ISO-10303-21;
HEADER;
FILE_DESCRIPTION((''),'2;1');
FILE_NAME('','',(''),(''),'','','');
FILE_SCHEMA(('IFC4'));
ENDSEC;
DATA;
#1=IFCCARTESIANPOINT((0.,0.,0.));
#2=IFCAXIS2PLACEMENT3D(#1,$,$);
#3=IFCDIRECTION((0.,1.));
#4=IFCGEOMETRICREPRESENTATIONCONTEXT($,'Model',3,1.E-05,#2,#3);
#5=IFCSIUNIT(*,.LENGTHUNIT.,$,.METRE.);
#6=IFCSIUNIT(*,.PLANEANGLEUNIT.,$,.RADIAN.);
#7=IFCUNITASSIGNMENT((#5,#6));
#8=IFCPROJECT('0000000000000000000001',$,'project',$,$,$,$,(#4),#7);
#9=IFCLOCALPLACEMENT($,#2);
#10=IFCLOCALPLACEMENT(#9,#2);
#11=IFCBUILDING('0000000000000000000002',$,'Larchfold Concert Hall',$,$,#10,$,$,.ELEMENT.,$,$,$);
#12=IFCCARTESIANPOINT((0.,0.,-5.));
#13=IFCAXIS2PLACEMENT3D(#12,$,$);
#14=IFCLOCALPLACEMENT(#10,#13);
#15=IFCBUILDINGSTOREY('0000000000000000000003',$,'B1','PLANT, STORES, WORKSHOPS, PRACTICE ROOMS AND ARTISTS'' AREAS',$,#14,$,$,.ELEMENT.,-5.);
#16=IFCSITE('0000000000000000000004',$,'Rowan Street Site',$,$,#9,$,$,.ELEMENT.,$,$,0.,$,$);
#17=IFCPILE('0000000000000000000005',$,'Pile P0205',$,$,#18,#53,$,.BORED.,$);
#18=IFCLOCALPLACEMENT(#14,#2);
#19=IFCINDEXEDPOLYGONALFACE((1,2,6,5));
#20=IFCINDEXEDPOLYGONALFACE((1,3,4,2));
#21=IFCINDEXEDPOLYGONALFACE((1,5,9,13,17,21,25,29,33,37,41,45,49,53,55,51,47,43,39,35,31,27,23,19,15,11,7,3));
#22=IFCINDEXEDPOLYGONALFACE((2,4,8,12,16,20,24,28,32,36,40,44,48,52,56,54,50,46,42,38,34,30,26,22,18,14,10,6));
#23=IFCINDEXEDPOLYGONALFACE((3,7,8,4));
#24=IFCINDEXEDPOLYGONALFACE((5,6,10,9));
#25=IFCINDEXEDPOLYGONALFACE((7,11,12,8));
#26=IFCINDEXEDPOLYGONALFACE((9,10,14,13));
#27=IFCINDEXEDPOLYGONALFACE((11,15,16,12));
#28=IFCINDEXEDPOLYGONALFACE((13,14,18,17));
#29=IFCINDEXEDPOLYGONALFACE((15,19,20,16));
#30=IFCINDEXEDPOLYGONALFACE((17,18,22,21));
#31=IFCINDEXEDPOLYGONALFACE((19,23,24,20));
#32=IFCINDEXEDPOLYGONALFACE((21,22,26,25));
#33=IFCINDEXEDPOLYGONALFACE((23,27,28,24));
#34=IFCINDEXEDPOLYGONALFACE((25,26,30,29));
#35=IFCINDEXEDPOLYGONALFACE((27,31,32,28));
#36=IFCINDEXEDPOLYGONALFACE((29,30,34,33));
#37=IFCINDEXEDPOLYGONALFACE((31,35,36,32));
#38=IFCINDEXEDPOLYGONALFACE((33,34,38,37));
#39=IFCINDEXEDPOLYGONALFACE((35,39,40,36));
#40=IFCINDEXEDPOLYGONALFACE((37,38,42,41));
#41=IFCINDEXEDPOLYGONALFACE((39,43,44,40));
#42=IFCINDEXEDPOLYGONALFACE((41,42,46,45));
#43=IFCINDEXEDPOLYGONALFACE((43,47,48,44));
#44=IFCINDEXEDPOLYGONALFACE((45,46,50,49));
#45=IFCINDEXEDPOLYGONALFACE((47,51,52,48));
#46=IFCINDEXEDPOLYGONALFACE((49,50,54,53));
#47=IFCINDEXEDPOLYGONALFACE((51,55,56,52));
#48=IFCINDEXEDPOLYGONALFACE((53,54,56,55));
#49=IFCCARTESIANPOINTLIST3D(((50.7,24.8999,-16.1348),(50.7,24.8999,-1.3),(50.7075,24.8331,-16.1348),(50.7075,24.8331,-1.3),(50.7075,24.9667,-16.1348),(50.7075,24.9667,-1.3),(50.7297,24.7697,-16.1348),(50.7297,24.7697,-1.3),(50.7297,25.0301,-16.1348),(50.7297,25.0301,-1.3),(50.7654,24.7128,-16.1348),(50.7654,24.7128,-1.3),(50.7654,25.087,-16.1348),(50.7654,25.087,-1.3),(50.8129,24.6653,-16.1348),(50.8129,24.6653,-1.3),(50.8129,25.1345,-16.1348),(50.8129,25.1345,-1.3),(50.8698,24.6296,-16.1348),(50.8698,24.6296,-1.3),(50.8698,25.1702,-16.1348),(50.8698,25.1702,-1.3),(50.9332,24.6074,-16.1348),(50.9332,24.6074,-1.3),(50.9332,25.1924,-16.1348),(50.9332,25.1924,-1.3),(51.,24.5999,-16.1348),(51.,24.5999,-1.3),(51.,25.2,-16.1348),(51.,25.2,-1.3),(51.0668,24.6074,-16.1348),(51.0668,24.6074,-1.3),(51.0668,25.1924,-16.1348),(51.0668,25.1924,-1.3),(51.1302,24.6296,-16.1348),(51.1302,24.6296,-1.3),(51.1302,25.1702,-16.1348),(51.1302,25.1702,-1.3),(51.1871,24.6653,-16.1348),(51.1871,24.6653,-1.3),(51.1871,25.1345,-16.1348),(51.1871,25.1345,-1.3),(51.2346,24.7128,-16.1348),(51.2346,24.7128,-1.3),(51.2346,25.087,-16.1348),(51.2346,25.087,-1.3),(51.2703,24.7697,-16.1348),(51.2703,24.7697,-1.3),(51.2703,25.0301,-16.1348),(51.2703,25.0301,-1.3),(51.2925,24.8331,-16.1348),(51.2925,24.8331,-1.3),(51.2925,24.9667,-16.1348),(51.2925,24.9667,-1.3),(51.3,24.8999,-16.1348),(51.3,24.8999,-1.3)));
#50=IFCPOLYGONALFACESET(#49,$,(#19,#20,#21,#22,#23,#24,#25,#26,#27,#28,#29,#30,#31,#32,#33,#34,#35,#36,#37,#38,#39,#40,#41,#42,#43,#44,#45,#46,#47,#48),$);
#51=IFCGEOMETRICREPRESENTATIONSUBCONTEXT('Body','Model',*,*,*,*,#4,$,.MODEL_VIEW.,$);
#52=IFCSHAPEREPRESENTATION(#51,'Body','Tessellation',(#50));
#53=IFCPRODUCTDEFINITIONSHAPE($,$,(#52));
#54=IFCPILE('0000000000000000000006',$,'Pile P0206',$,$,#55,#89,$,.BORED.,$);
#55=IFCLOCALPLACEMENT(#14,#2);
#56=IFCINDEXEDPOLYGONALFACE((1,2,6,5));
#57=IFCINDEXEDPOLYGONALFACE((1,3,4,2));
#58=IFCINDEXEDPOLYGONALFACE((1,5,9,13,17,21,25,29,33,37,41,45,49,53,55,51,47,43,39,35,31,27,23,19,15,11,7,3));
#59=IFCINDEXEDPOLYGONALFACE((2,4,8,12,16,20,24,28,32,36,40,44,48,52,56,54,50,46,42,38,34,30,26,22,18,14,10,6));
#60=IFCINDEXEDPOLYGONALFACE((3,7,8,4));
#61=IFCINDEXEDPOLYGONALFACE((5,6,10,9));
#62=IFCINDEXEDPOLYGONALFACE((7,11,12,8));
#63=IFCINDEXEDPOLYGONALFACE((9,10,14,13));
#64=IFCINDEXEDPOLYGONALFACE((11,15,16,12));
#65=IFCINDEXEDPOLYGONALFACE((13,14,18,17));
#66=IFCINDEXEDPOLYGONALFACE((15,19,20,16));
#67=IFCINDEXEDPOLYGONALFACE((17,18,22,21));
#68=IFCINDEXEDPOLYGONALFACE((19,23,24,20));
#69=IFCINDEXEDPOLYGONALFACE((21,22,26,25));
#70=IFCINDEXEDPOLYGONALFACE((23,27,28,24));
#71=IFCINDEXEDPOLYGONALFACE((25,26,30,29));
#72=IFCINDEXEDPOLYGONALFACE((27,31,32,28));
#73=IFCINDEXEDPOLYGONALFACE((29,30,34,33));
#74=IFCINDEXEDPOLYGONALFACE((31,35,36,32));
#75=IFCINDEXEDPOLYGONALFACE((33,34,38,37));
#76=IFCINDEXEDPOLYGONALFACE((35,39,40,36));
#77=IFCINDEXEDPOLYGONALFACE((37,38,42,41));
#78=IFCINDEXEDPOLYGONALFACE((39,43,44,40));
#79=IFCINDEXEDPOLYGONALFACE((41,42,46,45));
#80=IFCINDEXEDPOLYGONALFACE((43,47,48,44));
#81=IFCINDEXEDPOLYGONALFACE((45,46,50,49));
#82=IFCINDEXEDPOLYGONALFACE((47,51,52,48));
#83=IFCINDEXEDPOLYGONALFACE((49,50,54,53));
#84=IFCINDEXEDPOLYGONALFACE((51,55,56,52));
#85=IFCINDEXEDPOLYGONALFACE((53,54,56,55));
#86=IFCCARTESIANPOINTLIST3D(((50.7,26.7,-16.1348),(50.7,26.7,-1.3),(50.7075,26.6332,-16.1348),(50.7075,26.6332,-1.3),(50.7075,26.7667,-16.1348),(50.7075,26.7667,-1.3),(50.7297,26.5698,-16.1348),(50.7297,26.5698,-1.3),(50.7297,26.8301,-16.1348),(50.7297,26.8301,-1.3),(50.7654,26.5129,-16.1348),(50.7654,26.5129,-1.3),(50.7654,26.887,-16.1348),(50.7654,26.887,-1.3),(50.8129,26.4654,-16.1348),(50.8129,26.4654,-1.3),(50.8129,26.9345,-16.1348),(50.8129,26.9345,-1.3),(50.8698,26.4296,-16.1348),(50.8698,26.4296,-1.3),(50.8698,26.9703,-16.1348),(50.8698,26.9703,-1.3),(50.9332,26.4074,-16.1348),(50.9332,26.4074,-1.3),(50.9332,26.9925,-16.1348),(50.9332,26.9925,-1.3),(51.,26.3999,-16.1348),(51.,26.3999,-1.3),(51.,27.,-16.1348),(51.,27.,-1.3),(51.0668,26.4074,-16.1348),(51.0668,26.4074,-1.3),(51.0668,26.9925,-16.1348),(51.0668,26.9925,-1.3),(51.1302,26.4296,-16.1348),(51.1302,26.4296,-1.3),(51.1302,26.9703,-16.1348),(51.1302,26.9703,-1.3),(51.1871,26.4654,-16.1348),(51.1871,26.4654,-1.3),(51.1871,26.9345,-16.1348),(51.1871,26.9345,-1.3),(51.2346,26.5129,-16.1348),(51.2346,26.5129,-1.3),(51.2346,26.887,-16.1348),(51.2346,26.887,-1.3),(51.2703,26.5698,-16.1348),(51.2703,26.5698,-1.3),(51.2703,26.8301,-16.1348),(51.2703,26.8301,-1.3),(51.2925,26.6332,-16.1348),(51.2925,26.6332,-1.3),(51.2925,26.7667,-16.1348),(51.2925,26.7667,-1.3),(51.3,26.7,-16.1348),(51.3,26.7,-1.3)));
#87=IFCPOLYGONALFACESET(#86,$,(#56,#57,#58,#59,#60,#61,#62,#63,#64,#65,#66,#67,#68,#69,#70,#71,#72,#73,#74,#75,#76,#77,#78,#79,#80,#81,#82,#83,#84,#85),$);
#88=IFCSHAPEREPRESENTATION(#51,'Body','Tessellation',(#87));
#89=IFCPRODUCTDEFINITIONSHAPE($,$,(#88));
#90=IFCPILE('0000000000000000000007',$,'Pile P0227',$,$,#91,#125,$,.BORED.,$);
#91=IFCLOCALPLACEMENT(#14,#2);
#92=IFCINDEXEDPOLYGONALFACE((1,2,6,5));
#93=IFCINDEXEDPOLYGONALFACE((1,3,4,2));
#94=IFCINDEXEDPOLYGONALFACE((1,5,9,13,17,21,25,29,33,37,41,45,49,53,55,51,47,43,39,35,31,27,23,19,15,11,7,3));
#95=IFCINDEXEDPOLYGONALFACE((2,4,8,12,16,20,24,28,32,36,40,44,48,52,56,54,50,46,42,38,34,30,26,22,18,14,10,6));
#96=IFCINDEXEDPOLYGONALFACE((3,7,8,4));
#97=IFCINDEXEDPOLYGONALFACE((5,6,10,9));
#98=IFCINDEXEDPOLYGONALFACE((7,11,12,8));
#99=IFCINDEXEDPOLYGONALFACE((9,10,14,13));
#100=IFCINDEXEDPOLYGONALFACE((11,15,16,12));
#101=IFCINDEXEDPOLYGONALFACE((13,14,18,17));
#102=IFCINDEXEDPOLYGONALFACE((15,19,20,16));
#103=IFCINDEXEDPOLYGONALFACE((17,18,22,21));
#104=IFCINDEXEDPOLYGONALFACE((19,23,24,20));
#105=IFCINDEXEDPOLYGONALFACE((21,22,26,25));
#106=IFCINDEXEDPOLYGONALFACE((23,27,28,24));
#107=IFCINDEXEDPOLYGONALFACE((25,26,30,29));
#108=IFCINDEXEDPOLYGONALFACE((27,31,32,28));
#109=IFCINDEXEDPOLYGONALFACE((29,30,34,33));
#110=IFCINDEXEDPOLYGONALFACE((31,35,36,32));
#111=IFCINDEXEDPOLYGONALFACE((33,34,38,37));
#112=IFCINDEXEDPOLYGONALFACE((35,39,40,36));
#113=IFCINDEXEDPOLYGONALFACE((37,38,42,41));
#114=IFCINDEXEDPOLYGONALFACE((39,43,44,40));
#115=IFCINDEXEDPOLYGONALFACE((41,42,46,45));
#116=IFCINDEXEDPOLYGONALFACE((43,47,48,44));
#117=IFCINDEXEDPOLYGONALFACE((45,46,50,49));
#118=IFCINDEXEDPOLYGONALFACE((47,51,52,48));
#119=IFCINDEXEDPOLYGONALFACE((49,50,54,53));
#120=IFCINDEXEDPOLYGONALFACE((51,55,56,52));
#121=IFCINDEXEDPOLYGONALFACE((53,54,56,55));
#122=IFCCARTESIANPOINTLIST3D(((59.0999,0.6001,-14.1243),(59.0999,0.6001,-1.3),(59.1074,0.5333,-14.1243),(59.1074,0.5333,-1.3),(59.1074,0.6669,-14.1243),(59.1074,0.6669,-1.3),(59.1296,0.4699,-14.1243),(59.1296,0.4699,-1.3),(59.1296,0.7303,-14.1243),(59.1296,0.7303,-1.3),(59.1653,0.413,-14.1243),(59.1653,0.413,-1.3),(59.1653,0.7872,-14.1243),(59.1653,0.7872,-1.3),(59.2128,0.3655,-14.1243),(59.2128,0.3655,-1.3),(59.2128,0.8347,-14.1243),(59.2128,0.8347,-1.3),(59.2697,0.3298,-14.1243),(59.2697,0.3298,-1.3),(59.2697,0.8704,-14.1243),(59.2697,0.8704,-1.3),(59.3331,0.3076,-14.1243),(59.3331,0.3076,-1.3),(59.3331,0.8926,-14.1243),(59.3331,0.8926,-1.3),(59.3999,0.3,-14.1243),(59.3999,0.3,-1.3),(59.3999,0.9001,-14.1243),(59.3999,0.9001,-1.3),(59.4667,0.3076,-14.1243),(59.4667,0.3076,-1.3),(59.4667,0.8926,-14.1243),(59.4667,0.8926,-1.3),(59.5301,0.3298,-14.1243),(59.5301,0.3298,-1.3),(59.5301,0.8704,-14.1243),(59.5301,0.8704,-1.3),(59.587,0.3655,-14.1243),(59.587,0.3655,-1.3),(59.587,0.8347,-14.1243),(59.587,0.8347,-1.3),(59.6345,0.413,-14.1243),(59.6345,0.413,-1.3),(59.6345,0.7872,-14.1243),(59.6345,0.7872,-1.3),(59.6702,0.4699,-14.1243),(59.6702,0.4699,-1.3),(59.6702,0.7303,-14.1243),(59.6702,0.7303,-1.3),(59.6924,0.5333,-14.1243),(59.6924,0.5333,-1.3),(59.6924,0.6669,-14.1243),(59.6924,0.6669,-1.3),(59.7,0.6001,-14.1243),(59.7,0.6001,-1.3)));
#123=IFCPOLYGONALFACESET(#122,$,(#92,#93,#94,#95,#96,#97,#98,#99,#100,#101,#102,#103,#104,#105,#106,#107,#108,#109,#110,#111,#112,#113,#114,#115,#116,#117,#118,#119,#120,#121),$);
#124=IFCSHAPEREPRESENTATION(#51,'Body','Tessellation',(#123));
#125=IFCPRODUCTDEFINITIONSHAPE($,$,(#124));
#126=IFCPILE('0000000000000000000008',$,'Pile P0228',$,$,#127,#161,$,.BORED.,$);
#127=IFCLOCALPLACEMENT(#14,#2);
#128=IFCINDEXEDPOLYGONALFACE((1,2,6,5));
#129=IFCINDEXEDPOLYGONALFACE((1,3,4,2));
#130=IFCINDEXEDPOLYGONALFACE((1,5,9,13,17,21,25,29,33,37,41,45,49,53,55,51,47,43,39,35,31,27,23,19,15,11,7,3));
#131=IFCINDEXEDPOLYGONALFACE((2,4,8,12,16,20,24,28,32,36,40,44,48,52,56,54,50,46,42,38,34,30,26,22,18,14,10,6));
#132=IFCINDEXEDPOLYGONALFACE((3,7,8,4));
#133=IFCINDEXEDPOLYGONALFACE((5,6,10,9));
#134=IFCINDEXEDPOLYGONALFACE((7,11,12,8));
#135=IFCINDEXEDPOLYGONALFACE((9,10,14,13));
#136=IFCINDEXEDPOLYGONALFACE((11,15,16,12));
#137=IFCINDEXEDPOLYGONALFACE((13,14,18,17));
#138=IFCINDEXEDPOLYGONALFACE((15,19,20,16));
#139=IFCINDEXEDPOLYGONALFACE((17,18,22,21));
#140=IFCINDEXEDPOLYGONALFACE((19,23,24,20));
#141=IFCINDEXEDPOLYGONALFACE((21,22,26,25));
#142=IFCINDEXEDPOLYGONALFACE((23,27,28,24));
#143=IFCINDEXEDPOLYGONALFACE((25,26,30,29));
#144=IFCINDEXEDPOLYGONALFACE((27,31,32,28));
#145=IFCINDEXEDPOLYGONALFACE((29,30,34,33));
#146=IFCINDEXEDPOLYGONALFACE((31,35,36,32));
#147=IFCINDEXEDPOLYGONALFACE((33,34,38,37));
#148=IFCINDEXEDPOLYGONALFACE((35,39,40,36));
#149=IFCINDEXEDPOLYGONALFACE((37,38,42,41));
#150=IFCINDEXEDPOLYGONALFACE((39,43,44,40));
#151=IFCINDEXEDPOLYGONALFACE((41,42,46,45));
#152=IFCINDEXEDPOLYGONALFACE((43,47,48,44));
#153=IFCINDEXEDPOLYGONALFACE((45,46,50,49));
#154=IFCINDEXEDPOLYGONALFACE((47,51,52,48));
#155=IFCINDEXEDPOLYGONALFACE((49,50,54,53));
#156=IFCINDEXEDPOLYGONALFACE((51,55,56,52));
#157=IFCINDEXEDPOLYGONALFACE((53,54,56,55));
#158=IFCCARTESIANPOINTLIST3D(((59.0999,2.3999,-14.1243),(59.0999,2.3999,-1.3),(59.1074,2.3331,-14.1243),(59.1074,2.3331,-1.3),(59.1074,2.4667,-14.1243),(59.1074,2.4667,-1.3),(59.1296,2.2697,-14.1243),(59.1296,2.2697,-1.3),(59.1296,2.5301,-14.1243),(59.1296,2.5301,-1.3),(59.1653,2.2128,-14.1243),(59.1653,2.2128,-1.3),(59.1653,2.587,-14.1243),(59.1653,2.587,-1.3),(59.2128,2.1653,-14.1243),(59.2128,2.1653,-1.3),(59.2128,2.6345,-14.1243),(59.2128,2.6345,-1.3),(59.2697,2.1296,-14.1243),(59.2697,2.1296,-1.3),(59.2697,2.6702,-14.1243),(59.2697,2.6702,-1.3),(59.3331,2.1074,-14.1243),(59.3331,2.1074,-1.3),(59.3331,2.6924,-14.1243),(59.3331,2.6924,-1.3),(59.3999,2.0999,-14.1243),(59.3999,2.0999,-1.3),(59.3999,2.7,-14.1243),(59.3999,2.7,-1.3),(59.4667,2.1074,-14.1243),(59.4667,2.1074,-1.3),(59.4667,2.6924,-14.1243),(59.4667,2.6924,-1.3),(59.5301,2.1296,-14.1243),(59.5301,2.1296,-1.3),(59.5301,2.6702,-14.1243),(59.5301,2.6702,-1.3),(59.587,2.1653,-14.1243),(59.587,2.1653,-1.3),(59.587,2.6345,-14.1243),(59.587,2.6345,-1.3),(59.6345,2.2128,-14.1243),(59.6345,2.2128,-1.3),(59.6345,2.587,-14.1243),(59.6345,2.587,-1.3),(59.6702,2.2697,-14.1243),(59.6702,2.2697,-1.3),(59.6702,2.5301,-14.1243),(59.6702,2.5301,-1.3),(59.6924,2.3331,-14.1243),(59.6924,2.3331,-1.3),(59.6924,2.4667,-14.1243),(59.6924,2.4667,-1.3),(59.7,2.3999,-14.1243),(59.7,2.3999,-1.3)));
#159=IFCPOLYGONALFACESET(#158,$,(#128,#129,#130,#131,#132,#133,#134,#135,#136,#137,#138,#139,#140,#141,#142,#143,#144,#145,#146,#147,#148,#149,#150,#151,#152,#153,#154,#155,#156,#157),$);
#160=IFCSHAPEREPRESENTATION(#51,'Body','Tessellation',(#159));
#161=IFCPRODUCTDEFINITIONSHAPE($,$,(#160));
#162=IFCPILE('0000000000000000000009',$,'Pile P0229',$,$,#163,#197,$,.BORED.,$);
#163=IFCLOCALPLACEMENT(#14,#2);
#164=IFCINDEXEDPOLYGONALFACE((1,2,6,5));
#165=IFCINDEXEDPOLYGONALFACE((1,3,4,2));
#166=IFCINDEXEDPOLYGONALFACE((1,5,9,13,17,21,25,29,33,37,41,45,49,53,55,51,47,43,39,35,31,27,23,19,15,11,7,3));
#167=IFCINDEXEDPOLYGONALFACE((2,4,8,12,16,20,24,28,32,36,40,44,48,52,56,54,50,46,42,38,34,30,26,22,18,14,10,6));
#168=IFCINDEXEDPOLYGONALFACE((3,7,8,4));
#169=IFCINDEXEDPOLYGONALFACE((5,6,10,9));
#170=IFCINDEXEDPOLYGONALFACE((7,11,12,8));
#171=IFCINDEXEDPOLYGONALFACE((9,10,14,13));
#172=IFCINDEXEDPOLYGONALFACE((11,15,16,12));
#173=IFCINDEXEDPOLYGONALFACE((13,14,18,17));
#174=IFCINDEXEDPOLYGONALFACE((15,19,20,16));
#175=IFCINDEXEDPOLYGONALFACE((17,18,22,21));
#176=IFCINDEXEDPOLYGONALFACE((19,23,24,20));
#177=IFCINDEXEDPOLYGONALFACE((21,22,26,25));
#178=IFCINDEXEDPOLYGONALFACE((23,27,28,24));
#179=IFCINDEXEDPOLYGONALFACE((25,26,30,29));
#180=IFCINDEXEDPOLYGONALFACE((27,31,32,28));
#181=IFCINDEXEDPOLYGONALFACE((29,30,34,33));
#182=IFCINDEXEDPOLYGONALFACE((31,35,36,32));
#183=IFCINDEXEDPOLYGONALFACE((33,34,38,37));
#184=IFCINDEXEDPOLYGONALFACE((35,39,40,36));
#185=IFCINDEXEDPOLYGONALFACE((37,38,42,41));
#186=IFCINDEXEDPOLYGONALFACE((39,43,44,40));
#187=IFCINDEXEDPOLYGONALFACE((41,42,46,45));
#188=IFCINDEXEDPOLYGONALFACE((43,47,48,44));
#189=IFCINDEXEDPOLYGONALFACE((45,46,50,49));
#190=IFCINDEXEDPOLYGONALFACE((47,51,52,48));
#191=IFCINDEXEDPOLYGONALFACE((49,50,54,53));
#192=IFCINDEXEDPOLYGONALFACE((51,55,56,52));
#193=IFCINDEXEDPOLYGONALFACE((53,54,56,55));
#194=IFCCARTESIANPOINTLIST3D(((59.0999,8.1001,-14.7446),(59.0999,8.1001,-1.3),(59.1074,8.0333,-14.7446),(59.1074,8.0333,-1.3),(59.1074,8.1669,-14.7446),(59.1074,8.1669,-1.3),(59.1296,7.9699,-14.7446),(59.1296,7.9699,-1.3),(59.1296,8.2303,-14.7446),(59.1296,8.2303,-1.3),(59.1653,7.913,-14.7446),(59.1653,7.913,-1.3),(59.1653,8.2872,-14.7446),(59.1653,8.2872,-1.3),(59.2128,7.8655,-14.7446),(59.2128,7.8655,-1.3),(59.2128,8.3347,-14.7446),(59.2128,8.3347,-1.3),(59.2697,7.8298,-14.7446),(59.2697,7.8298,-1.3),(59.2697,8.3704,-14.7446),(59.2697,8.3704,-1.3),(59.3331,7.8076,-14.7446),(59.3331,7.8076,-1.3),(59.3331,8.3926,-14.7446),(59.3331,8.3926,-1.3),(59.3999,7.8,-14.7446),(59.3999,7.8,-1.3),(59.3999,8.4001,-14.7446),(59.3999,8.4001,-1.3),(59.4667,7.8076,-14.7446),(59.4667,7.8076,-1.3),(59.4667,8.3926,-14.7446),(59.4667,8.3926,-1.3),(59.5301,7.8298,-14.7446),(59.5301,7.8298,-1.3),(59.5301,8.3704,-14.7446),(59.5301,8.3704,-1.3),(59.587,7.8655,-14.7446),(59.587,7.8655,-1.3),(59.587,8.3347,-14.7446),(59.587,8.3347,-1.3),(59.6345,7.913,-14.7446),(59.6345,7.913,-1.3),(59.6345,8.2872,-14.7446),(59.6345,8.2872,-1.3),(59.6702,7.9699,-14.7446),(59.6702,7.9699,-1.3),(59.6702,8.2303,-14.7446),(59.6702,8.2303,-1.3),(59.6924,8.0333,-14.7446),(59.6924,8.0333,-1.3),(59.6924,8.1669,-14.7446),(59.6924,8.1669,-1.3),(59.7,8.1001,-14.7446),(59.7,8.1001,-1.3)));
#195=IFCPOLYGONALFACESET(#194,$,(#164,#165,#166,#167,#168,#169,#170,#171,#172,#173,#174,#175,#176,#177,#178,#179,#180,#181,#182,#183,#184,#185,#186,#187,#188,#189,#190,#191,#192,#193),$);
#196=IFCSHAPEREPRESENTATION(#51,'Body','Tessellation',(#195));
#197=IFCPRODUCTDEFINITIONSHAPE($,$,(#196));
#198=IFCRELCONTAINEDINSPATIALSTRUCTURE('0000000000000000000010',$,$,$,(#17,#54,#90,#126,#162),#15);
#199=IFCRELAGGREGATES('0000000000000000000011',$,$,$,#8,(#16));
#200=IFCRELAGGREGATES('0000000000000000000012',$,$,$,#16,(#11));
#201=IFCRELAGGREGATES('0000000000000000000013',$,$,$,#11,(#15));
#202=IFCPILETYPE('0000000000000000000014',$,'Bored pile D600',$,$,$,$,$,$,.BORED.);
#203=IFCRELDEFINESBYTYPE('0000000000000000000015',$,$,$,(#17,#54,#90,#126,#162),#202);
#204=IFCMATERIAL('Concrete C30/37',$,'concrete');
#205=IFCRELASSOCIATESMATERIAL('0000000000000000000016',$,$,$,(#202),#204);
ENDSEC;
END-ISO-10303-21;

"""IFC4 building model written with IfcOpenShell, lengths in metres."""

from ifc_helpers import new_model, si_unit, direction, frame, origin, origin_2d, place, context, subcontext, project, spatial, circle, extrude, material, material_profile, profile_set, type_object, element, save


model = new_model("IFC4")

# Units and contexts
model_context = context("Model", 3, precision=1e-05, world=origin(), true_north=direction((0.0, 1.0)))
body_context = subcontext(model_context, "Body", "Model", "MODEL_VIEW")
ifc_project = project(units=[si_unit("LENGTHUNIT", "METRE"), si_unit("PLANEANGLEUNIT", "RADIAN")], contexts=[model_context])

# Site, building, storey
site_placement = place(None, origin())
site = spatial("IfcSite", under=ifc_project, at=site_placement, Name="Rowan Street Site", CompositionType="ELEMENT", RefElevation=0.0)
building_placement = place(site_placement, origin())
building = spatial("IfcBuilding", under=site, at=building_placement, Name="Larchfold Concert Hall", CompositionType="ELEMENT")
storey_placement = place(building_placement, frame((0.0, 0.0, -5.0)))
storey = spatial("IfcBuildingStorey", under=building, at=storey_placement, Name="B1", Description="PLANT, STORES, WORKSHOPS, PRACTICE ROOMS AND ARTISTS' AREAS", CompositionType="ELEMENT", Elevation=-5.0)

# Piles
ifc_material_1 = material(Name="Concrete C30/37", Category="concrete")
ifc_material_profile_1 = material_profile(ifc_material_1, circle(Radius=0.3, at=origin_2d()))
ifc_profile_set_1 = profile_set([ifc_material_profile_1], Name="Concrete C30/37")
pile_type_1 = type_object("IfcPileType", Name="Bored pile D600", PredefinedType="BORED", material=ifc_profile_set_1)
for number, where, z_axis, x_axis, name in (
    (1, (51.0, 24.8999, -1.3), (0.0, 0.0, -1.0), (1.0, 0.0, 0.0), "Pile P0205"),
    (2, (51.0, 26.7, -1.3), (0.0, 0.0, -1.0), (1.0, 0.0, 0.0), "Pile P0206"),
):
    element("IfcPile", number, at=place(storey_placement, frame(where, z_axis=z_axis, x_axis=x_axis)), inside=storey, type_object=pile_type_1, Name=name, PredefinedType="BORED", context=body_context, shape_type="SweptSolid", body=[
        extrude(circle(Radius=0.3, at=origin_2d()), origin(), (0.0, 0.0, 1.0), 14.8347),
    ])
for number, where, z_axis, x_axis, name in (
    (3, (59.3999, 0.6001, -1.3), (0.0, 0.0, -1.0), (1.0, 0.0, 0.0), "Pile P0227"),
    (4, (59.3999, 2.3999, -1.3), (0.0, 0.0, -1.0), (1.0, 0.0, 0.0), "Pile P0228"),
):
    element("IfcPile", number, at=place(storey_placement, frame(where, z_axis=z_axis, x_axis=x_axis)), inside=storey, type_object=pile_type_1, Name=name, PredefinedType="BORED", context=body_context, shape_type="SweptSolid", body=[
        extrude(circle(Radius=0.3, at=origin_2d()), origin(), (0.0, 0.0, 1.0), 12.8242),
    ])
for number, where, z_axis, x_axis, name in (
    (5, (59.3999, 8.1001, -1.3), (0.0, 0.0, -1.0), (1.0, 0.0, 0.0), "Pile P0229"),
):
    element("IfcPile", number, at=place(storey_placement, frame(where, z_axis=z_axis, x_axis=x_axis)), inside=storey, type_object=pile_type_1, Name=name, PredefinedType="BORED", context=body_context, shape_type="SweptSolid", body=[
        extrude(circle(Radius=0.3, at=origin_2d()), origin(), (0.0, 0.0, 1.0), 13.4446),
    ])

save(model, "model.ifc")
